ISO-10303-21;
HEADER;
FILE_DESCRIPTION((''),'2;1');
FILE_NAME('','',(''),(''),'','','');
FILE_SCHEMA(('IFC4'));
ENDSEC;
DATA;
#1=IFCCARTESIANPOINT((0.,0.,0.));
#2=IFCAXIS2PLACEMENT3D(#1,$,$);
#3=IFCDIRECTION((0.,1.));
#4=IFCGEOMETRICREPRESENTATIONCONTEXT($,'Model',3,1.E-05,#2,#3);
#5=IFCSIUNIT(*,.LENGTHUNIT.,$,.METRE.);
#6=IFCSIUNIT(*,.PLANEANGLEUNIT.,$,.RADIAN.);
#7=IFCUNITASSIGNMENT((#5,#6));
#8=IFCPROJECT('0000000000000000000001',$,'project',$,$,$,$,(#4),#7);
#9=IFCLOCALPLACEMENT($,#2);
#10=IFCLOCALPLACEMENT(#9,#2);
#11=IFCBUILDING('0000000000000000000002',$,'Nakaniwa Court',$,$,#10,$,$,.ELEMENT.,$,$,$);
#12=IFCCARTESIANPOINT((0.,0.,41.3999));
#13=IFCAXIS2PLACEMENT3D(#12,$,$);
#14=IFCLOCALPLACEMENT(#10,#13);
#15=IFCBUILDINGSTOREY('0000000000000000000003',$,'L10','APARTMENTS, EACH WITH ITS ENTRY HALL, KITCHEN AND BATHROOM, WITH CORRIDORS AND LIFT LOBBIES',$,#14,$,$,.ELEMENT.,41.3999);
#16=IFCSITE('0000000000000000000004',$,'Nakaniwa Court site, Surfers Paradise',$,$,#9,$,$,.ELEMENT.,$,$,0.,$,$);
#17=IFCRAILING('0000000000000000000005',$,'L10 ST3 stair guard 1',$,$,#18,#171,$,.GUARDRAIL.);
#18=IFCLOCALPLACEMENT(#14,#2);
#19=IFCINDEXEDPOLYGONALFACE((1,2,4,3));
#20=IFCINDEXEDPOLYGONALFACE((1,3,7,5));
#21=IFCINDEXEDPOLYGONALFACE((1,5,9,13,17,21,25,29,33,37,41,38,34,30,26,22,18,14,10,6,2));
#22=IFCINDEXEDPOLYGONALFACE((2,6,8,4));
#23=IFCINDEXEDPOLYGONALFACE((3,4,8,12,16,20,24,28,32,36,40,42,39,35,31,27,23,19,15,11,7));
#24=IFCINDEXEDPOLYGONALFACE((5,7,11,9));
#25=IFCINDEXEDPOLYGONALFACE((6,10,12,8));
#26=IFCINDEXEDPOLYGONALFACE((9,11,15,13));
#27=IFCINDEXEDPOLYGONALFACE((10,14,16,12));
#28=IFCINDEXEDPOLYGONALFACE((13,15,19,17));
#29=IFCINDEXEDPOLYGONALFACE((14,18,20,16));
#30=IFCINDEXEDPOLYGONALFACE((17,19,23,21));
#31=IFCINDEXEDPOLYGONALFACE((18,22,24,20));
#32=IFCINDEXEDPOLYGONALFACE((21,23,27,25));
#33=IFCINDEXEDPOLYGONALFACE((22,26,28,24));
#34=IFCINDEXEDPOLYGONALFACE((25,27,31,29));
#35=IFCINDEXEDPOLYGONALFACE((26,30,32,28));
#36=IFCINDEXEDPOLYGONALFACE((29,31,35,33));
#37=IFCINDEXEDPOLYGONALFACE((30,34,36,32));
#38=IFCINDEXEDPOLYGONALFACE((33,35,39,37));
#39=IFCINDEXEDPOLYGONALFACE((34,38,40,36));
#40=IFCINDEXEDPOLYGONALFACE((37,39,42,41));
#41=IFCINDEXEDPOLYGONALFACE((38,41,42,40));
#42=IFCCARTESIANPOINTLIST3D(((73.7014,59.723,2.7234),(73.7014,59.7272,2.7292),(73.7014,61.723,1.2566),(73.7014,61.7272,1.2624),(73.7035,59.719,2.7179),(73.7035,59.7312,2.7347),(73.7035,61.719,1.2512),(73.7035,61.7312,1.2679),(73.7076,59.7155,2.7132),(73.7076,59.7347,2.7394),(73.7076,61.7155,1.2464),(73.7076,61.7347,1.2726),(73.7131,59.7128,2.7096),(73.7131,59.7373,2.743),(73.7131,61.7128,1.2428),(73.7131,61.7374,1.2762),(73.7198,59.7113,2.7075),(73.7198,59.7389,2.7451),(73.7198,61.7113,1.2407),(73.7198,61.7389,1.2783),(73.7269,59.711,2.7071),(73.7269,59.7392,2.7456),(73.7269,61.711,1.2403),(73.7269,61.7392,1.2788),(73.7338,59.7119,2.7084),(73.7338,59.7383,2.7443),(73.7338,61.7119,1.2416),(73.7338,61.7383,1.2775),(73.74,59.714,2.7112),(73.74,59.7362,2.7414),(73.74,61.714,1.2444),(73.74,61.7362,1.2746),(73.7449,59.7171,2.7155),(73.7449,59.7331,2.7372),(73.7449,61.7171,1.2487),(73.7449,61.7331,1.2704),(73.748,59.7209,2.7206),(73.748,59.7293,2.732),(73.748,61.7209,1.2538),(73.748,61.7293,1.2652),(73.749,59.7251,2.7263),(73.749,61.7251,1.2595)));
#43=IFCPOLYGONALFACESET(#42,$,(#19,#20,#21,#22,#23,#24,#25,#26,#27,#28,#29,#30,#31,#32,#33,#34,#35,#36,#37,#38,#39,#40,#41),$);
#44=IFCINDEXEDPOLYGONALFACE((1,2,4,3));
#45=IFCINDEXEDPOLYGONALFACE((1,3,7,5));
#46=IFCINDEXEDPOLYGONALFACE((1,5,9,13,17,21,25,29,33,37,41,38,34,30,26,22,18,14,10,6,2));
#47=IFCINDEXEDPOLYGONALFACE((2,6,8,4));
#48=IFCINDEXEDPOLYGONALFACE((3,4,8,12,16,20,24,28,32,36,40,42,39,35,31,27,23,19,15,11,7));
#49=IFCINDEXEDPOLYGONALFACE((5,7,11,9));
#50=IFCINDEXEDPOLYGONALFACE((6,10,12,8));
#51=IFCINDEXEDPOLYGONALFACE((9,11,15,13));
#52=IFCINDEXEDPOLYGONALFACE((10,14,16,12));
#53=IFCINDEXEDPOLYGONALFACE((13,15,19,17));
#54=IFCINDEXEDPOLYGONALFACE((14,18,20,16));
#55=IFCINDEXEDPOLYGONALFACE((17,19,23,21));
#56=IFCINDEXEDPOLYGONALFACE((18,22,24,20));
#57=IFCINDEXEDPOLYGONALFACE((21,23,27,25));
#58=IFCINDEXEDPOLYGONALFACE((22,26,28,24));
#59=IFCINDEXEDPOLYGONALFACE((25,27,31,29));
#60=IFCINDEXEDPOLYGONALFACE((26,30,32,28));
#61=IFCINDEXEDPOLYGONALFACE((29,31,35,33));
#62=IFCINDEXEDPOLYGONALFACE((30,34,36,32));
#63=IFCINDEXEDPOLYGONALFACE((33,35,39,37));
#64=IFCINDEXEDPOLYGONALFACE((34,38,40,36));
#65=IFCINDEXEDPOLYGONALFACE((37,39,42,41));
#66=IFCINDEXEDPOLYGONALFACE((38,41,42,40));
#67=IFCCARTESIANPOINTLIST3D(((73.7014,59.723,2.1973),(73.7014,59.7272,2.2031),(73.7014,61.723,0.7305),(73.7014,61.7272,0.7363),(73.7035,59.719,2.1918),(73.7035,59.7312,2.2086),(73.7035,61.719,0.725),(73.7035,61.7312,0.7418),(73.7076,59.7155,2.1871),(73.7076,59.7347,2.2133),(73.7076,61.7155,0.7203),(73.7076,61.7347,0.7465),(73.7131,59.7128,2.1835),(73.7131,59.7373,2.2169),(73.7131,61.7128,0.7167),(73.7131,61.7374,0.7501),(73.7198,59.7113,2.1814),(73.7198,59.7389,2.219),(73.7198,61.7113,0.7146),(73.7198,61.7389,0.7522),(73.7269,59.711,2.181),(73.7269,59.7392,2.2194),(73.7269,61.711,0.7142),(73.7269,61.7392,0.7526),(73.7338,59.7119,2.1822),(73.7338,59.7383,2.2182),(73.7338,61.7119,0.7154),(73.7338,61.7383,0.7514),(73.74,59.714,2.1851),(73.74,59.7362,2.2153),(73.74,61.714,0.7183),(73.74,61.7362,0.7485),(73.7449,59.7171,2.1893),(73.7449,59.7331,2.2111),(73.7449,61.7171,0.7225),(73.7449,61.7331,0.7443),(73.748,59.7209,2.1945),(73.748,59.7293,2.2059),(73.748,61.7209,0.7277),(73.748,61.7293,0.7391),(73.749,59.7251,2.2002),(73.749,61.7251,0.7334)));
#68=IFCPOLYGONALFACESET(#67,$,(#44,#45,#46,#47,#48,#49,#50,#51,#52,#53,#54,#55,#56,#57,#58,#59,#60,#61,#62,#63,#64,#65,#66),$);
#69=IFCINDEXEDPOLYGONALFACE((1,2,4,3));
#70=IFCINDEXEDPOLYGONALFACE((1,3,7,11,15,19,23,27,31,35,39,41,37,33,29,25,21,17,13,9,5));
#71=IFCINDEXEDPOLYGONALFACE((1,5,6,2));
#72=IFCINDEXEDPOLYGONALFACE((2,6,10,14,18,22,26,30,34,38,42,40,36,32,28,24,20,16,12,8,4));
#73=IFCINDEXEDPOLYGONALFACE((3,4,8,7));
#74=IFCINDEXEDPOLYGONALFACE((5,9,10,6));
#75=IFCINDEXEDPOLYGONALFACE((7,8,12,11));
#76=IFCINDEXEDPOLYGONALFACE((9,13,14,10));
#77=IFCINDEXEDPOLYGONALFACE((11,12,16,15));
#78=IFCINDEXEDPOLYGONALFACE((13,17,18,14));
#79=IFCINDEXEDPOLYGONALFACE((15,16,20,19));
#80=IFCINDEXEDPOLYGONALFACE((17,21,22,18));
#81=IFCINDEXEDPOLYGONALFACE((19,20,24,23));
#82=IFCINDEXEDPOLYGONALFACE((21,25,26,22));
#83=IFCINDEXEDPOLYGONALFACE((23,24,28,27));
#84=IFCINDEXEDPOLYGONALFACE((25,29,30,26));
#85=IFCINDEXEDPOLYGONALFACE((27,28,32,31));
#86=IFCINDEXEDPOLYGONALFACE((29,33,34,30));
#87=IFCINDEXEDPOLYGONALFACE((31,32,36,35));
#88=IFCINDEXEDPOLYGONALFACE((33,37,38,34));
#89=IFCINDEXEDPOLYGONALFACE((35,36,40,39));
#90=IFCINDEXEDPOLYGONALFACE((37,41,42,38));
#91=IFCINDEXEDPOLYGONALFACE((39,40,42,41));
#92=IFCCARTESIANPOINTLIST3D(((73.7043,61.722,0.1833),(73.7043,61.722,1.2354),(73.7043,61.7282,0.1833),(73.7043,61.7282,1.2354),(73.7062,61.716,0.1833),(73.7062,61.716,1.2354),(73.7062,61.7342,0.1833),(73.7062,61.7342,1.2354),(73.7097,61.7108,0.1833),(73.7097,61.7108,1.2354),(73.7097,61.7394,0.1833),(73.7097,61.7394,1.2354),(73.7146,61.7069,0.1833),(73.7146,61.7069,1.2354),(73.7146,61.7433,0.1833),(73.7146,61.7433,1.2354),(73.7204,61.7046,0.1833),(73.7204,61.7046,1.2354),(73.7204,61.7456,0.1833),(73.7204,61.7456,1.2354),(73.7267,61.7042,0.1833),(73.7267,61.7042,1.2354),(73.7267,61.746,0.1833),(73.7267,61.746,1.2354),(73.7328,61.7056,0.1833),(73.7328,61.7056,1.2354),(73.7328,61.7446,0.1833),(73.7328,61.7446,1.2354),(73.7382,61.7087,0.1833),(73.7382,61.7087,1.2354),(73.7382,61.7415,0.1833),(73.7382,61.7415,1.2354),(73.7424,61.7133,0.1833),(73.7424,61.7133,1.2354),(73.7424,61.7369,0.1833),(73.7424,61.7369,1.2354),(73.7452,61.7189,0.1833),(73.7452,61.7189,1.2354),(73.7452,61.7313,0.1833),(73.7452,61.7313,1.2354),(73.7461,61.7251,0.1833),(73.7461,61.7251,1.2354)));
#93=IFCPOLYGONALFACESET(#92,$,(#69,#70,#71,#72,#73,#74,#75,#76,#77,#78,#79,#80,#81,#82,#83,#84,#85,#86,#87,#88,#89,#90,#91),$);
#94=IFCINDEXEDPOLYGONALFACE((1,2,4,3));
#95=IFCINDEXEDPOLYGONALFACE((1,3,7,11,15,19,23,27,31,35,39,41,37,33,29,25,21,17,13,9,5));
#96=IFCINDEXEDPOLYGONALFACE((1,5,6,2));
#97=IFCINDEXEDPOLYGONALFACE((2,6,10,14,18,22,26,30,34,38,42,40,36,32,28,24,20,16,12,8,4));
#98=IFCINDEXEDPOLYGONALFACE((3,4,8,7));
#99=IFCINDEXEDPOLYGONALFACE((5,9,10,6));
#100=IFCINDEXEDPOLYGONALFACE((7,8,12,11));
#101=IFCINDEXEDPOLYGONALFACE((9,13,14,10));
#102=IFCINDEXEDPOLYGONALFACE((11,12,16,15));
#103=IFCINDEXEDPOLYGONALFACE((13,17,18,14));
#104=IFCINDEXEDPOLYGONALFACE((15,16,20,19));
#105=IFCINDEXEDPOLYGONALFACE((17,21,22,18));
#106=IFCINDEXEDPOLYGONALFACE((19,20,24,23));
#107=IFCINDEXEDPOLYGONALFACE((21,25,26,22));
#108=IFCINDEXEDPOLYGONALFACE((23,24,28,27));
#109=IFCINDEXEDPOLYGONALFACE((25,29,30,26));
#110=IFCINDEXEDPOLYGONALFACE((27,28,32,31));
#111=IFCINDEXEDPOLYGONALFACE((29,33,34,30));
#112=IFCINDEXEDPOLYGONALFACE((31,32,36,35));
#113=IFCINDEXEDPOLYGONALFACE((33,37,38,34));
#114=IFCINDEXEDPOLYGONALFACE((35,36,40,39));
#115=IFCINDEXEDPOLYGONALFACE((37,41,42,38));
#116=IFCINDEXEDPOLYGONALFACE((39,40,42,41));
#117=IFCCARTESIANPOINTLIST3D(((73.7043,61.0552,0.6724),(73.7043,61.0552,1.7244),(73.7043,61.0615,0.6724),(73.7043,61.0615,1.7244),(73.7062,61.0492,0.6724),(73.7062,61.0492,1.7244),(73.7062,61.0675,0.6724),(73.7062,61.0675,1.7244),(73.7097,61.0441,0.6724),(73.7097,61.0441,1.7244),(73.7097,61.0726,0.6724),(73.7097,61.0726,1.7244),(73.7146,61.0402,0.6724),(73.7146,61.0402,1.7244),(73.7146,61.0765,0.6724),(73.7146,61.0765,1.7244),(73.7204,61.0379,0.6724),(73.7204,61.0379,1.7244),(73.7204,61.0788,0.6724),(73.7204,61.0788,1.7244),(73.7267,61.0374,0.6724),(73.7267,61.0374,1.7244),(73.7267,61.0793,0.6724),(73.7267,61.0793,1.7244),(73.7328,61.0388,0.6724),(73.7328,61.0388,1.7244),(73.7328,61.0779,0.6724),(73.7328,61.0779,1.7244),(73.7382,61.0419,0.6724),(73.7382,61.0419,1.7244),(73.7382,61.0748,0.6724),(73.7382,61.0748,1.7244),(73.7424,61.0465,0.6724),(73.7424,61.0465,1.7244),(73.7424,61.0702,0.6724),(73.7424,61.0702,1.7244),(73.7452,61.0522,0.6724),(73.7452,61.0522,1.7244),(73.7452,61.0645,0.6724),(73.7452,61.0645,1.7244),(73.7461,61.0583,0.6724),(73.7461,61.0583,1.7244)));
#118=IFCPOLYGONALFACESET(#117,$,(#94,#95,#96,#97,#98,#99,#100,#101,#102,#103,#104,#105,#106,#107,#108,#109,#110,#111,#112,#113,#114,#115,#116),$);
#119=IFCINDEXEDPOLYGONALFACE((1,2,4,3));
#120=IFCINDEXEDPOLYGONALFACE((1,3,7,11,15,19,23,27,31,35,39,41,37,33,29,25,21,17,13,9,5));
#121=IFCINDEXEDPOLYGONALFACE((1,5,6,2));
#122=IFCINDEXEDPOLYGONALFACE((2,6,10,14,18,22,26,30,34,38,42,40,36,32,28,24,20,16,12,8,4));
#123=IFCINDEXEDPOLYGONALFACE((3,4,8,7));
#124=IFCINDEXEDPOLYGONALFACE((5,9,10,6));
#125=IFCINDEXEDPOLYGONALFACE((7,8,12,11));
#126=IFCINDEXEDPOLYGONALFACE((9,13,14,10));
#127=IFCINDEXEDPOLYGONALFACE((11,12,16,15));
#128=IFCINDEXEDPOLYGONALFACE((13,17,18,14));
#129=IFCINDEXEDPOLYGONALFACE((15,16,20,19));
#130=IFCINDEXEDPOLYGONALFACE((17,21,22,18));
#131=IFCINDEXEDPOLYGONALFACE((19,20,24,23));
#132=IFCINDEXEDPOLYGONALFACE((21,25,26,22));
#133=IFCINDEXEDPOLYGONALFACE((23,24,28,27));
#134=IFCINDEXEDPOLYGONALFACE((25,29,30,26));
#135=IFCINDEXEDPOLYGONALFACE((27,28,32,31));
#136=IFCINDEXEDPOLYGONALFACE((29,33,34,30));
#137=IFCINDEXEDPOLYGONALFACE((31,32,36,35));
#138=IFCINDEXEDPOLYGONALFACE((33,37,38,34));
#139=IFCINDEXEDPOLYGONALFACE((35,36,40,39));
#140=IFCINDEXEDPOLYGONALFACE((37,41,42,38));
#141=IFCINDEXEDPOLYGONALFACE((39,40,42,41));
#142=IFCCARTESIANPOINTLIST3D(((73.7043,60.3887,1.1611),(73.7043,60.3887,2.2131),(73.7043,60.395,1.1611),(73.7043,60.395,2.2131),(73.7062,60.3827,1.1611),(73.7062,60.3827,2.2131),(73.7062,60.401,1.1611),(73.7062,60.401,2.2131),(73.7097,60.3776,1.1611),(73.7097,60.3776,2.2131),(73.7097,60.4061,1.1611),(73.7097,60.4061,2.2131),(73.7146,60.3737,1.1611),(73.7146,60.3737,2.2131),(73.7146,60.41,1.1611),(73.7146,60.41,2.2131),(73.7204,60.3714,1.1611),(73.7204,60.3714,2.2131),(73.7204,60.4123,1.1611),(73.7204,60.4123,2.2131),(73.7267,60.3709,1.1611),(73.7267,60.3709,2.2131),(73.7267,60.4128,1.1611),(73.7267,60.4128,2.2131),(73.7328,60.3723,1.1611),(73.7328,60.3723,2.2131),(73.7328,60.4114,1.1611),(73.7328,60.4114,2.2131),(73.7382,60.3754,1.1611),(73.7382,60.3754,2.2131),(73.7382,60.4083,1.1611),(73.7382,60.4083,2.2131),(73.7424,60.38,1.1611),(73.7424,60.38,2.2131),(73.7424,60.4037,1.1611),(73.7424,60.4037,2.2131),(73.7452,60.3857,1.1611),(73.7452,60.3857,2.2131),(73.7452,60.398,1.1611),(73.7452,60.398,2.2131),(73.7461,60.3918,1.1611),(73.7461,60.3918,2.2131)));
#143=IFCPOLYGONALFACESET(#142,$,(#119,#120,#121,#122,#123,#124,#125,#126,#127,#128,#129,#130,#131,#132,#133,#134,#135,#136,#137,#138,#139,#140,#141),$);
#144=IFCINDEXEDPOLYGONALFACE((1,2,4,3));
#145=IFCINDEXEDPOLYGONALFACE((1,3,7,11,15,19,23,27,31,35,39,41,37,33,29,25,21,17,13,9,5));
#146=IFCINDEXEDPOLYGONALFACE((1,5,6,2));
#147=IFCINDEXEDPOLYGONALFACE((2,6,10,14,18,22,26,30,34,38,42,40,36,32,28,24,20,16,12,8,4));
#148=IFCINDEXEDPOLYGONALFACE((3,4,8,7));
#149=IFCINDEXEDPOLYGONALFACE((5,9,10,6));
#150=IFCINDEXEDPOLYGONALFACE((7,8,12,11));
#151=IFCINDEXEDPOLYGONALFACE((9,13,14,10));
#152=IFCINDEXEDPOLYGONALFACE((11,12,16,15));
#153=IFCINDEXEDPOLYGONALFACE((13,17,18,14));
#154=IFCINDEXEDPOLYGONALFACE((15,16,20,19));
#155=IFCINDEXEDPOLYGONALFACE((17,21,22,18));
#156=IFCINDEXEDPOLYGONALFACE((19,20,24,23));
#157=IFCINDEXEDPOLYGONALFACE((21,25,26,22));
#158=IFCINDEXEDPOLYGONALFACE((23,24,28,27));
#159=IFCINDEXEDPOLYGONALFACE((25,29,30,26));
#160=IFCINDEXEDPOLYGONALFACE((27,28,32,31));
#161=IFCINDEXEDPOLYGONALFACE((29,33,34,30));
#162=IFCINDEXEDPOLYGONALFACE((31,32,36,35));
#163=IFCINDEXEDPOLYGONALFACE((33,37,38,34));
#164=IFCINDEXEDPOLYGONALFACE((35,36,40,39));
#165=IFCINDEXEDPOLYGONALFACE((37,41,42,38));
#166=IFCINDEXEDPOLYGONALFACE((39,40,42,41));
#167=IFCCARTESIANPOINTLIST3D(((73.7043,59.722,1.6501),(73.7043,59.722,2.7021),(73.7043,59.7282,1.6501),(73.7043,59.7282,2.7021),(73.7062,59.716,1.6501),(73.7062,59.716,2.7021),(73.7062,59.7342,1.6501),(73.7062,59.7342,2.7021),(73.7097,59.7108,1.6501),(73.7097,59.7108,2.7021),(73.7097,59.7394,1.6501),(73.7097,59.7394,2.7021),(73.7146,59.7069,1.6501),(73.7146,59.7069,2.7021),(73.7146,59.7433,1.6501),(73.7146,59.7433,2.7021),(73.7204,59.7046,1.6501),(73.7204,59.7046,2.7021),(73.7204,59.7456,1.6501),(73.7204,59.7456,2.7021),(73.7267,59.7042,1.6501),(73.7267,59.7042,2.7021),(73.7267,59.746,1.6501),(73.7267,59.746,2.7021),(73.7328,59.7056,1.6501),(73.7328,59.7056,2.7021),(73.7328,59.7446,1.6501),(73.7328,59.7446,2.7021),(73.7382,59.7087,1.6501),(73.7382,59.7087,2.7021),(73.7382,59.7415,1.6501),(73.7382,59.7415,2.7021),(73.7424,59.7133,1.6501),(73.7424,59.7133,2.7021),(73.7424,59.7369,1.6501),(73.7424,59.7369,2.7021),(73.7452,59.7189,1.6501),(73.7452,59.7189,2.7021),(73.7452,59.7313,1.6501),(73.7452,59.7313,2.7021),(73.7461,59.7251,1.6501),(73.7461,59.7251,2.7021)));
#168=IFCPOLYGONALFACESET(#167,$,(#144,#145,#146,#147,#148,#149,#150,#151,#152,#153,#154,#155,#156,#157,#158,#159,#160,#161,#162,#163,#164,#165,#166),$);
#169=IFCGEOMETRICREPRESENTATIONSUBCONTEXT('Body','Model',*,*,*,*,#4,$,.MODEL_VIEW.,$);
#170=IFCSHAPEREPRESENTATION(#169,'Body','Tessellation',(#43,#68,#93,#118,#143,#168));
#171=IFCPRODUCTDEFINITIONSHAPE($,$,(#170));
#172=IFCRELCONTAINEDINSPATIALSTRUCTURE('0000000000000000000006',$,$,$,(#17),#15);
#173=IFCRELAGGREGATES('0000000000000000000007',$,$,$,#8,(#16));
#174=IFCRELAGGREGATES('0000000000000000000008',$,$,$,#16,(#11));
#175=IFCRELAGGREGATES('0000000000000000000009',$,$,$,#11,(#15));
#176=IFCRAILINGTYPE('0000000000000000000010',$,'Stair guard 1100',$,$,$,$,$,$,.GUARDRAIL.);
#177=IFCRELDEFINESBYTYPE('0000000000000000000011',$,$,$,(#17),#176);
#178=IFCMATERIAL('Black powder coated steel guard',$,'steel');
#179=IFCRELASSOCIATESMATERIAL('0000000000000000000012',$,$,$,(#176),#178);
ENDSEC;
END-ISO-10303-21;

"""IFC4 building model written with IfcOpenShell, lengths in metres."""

from ifc_helpers import new_model, si_unit, direction, frame, origin, origin_2d, place, context, subcontext, project, spatial, circle, extrude, material, type_object, element, save


model = new_model("IFC4")

# Units and contexts
model_context = context("Model", 3, precision=1e-05, world=origin(), true_north=direction((0.0, 1.0)))
body_context = subcontext(model_context, "Body", "Model", "MODEL_VIEW")
ifc_project = project(units=[si_unit("LENGTHUNIT", "METRE"), si_unit("PLANEANGLEUNIT", "RADIAN")], contexts=[model_context])

# Site, building, storey
site_placement = place(None, origin())
site = spatial("IfcSite", under=ifc_project, at=site_placement, Name="Nakaniwa Court site, Surfers Paradise", CompositionType="ELEMENT", RefElevation=0.0)
building_placement = place(site_placement, origin())
building = spatial("IfcBuilding", under=site, at=building_placement, Name="Nakaniwa Court", CompositionType="ELEMENT")
storey_placement = place(building_placement, frame((0.0, 0.0, 41.3999)))
storey = spatial("IfcBuildingStorey", under=building, at=storey_placement, Name="L10", Description="APARTMENTS, EACH WITH ITS ENTRY HALL, KITCHEN AND BATHROOM, WITH CORRIDORS AND LIFT LOBBIES", CompositionType="ELEMENT", Elevation=41.3999)

# Railing
ifc_material_1 = material(Name="Black powder coated steel guard", Category="steel")
railing_type_1 = type_object("IfcRailingType", Name="Stair guard 1100", PredefinedType="GUARDRAIL", material=ifc_material_1)
railing_1_placement = place(storey_placement, frame((73.7251, 61.7251, 0.1833)))
element("IfcRailing", 1, at=railing_1_placement, inside=storey, type_object=railing_type_1, Name="L10 ST3 stair guard 1", PredefinedType="GUARDRAIL", context=body_context, shape_type="SweptSolid", body=[
    extrude(circle(Radius=0.0239, at=origin_2d()), frame((0.0, 0.0, 1.0762), z_axis=(0.0, -0.80638, 0.591398), x_axis=(1.0, 0.0, 0.0)), (0.0, 0.0, 1.0), 2.4802),
    extrude(circle(Radius=0.0239, at=origin_2d()), frame((0.0, 0.0, 0.55), z_axis=(0.0, -0.80638, 0.591398), x_axis=(1.0, 0.0, 0.0)), (0.0, 0.0, 1.0), 2.4802),
    extrude(circle(Radius=0.021, at=origin_2d()), origin(), (0.0, 0.0, 1.0), 1.052),
    extrude(circle(Radius=0.021, at=origin_2d()), frame((0.0, -0.6667, 0.489)), (0.0, 0.0, 1.0), 1.052),
    extrude(circle(Radius=0.021, at=origin_2d()), frame((0.0, -1.3333, 0.9778)), (0.0, 0.0, 1.0), 1.052),
    extrude(circle(Radius=0.021, at=origin_2d()), frame((0.0, -2.0, 1.4668)), (0.0, 0.0, 1.0), 1.052),
])

save(model, "model.ifc")
